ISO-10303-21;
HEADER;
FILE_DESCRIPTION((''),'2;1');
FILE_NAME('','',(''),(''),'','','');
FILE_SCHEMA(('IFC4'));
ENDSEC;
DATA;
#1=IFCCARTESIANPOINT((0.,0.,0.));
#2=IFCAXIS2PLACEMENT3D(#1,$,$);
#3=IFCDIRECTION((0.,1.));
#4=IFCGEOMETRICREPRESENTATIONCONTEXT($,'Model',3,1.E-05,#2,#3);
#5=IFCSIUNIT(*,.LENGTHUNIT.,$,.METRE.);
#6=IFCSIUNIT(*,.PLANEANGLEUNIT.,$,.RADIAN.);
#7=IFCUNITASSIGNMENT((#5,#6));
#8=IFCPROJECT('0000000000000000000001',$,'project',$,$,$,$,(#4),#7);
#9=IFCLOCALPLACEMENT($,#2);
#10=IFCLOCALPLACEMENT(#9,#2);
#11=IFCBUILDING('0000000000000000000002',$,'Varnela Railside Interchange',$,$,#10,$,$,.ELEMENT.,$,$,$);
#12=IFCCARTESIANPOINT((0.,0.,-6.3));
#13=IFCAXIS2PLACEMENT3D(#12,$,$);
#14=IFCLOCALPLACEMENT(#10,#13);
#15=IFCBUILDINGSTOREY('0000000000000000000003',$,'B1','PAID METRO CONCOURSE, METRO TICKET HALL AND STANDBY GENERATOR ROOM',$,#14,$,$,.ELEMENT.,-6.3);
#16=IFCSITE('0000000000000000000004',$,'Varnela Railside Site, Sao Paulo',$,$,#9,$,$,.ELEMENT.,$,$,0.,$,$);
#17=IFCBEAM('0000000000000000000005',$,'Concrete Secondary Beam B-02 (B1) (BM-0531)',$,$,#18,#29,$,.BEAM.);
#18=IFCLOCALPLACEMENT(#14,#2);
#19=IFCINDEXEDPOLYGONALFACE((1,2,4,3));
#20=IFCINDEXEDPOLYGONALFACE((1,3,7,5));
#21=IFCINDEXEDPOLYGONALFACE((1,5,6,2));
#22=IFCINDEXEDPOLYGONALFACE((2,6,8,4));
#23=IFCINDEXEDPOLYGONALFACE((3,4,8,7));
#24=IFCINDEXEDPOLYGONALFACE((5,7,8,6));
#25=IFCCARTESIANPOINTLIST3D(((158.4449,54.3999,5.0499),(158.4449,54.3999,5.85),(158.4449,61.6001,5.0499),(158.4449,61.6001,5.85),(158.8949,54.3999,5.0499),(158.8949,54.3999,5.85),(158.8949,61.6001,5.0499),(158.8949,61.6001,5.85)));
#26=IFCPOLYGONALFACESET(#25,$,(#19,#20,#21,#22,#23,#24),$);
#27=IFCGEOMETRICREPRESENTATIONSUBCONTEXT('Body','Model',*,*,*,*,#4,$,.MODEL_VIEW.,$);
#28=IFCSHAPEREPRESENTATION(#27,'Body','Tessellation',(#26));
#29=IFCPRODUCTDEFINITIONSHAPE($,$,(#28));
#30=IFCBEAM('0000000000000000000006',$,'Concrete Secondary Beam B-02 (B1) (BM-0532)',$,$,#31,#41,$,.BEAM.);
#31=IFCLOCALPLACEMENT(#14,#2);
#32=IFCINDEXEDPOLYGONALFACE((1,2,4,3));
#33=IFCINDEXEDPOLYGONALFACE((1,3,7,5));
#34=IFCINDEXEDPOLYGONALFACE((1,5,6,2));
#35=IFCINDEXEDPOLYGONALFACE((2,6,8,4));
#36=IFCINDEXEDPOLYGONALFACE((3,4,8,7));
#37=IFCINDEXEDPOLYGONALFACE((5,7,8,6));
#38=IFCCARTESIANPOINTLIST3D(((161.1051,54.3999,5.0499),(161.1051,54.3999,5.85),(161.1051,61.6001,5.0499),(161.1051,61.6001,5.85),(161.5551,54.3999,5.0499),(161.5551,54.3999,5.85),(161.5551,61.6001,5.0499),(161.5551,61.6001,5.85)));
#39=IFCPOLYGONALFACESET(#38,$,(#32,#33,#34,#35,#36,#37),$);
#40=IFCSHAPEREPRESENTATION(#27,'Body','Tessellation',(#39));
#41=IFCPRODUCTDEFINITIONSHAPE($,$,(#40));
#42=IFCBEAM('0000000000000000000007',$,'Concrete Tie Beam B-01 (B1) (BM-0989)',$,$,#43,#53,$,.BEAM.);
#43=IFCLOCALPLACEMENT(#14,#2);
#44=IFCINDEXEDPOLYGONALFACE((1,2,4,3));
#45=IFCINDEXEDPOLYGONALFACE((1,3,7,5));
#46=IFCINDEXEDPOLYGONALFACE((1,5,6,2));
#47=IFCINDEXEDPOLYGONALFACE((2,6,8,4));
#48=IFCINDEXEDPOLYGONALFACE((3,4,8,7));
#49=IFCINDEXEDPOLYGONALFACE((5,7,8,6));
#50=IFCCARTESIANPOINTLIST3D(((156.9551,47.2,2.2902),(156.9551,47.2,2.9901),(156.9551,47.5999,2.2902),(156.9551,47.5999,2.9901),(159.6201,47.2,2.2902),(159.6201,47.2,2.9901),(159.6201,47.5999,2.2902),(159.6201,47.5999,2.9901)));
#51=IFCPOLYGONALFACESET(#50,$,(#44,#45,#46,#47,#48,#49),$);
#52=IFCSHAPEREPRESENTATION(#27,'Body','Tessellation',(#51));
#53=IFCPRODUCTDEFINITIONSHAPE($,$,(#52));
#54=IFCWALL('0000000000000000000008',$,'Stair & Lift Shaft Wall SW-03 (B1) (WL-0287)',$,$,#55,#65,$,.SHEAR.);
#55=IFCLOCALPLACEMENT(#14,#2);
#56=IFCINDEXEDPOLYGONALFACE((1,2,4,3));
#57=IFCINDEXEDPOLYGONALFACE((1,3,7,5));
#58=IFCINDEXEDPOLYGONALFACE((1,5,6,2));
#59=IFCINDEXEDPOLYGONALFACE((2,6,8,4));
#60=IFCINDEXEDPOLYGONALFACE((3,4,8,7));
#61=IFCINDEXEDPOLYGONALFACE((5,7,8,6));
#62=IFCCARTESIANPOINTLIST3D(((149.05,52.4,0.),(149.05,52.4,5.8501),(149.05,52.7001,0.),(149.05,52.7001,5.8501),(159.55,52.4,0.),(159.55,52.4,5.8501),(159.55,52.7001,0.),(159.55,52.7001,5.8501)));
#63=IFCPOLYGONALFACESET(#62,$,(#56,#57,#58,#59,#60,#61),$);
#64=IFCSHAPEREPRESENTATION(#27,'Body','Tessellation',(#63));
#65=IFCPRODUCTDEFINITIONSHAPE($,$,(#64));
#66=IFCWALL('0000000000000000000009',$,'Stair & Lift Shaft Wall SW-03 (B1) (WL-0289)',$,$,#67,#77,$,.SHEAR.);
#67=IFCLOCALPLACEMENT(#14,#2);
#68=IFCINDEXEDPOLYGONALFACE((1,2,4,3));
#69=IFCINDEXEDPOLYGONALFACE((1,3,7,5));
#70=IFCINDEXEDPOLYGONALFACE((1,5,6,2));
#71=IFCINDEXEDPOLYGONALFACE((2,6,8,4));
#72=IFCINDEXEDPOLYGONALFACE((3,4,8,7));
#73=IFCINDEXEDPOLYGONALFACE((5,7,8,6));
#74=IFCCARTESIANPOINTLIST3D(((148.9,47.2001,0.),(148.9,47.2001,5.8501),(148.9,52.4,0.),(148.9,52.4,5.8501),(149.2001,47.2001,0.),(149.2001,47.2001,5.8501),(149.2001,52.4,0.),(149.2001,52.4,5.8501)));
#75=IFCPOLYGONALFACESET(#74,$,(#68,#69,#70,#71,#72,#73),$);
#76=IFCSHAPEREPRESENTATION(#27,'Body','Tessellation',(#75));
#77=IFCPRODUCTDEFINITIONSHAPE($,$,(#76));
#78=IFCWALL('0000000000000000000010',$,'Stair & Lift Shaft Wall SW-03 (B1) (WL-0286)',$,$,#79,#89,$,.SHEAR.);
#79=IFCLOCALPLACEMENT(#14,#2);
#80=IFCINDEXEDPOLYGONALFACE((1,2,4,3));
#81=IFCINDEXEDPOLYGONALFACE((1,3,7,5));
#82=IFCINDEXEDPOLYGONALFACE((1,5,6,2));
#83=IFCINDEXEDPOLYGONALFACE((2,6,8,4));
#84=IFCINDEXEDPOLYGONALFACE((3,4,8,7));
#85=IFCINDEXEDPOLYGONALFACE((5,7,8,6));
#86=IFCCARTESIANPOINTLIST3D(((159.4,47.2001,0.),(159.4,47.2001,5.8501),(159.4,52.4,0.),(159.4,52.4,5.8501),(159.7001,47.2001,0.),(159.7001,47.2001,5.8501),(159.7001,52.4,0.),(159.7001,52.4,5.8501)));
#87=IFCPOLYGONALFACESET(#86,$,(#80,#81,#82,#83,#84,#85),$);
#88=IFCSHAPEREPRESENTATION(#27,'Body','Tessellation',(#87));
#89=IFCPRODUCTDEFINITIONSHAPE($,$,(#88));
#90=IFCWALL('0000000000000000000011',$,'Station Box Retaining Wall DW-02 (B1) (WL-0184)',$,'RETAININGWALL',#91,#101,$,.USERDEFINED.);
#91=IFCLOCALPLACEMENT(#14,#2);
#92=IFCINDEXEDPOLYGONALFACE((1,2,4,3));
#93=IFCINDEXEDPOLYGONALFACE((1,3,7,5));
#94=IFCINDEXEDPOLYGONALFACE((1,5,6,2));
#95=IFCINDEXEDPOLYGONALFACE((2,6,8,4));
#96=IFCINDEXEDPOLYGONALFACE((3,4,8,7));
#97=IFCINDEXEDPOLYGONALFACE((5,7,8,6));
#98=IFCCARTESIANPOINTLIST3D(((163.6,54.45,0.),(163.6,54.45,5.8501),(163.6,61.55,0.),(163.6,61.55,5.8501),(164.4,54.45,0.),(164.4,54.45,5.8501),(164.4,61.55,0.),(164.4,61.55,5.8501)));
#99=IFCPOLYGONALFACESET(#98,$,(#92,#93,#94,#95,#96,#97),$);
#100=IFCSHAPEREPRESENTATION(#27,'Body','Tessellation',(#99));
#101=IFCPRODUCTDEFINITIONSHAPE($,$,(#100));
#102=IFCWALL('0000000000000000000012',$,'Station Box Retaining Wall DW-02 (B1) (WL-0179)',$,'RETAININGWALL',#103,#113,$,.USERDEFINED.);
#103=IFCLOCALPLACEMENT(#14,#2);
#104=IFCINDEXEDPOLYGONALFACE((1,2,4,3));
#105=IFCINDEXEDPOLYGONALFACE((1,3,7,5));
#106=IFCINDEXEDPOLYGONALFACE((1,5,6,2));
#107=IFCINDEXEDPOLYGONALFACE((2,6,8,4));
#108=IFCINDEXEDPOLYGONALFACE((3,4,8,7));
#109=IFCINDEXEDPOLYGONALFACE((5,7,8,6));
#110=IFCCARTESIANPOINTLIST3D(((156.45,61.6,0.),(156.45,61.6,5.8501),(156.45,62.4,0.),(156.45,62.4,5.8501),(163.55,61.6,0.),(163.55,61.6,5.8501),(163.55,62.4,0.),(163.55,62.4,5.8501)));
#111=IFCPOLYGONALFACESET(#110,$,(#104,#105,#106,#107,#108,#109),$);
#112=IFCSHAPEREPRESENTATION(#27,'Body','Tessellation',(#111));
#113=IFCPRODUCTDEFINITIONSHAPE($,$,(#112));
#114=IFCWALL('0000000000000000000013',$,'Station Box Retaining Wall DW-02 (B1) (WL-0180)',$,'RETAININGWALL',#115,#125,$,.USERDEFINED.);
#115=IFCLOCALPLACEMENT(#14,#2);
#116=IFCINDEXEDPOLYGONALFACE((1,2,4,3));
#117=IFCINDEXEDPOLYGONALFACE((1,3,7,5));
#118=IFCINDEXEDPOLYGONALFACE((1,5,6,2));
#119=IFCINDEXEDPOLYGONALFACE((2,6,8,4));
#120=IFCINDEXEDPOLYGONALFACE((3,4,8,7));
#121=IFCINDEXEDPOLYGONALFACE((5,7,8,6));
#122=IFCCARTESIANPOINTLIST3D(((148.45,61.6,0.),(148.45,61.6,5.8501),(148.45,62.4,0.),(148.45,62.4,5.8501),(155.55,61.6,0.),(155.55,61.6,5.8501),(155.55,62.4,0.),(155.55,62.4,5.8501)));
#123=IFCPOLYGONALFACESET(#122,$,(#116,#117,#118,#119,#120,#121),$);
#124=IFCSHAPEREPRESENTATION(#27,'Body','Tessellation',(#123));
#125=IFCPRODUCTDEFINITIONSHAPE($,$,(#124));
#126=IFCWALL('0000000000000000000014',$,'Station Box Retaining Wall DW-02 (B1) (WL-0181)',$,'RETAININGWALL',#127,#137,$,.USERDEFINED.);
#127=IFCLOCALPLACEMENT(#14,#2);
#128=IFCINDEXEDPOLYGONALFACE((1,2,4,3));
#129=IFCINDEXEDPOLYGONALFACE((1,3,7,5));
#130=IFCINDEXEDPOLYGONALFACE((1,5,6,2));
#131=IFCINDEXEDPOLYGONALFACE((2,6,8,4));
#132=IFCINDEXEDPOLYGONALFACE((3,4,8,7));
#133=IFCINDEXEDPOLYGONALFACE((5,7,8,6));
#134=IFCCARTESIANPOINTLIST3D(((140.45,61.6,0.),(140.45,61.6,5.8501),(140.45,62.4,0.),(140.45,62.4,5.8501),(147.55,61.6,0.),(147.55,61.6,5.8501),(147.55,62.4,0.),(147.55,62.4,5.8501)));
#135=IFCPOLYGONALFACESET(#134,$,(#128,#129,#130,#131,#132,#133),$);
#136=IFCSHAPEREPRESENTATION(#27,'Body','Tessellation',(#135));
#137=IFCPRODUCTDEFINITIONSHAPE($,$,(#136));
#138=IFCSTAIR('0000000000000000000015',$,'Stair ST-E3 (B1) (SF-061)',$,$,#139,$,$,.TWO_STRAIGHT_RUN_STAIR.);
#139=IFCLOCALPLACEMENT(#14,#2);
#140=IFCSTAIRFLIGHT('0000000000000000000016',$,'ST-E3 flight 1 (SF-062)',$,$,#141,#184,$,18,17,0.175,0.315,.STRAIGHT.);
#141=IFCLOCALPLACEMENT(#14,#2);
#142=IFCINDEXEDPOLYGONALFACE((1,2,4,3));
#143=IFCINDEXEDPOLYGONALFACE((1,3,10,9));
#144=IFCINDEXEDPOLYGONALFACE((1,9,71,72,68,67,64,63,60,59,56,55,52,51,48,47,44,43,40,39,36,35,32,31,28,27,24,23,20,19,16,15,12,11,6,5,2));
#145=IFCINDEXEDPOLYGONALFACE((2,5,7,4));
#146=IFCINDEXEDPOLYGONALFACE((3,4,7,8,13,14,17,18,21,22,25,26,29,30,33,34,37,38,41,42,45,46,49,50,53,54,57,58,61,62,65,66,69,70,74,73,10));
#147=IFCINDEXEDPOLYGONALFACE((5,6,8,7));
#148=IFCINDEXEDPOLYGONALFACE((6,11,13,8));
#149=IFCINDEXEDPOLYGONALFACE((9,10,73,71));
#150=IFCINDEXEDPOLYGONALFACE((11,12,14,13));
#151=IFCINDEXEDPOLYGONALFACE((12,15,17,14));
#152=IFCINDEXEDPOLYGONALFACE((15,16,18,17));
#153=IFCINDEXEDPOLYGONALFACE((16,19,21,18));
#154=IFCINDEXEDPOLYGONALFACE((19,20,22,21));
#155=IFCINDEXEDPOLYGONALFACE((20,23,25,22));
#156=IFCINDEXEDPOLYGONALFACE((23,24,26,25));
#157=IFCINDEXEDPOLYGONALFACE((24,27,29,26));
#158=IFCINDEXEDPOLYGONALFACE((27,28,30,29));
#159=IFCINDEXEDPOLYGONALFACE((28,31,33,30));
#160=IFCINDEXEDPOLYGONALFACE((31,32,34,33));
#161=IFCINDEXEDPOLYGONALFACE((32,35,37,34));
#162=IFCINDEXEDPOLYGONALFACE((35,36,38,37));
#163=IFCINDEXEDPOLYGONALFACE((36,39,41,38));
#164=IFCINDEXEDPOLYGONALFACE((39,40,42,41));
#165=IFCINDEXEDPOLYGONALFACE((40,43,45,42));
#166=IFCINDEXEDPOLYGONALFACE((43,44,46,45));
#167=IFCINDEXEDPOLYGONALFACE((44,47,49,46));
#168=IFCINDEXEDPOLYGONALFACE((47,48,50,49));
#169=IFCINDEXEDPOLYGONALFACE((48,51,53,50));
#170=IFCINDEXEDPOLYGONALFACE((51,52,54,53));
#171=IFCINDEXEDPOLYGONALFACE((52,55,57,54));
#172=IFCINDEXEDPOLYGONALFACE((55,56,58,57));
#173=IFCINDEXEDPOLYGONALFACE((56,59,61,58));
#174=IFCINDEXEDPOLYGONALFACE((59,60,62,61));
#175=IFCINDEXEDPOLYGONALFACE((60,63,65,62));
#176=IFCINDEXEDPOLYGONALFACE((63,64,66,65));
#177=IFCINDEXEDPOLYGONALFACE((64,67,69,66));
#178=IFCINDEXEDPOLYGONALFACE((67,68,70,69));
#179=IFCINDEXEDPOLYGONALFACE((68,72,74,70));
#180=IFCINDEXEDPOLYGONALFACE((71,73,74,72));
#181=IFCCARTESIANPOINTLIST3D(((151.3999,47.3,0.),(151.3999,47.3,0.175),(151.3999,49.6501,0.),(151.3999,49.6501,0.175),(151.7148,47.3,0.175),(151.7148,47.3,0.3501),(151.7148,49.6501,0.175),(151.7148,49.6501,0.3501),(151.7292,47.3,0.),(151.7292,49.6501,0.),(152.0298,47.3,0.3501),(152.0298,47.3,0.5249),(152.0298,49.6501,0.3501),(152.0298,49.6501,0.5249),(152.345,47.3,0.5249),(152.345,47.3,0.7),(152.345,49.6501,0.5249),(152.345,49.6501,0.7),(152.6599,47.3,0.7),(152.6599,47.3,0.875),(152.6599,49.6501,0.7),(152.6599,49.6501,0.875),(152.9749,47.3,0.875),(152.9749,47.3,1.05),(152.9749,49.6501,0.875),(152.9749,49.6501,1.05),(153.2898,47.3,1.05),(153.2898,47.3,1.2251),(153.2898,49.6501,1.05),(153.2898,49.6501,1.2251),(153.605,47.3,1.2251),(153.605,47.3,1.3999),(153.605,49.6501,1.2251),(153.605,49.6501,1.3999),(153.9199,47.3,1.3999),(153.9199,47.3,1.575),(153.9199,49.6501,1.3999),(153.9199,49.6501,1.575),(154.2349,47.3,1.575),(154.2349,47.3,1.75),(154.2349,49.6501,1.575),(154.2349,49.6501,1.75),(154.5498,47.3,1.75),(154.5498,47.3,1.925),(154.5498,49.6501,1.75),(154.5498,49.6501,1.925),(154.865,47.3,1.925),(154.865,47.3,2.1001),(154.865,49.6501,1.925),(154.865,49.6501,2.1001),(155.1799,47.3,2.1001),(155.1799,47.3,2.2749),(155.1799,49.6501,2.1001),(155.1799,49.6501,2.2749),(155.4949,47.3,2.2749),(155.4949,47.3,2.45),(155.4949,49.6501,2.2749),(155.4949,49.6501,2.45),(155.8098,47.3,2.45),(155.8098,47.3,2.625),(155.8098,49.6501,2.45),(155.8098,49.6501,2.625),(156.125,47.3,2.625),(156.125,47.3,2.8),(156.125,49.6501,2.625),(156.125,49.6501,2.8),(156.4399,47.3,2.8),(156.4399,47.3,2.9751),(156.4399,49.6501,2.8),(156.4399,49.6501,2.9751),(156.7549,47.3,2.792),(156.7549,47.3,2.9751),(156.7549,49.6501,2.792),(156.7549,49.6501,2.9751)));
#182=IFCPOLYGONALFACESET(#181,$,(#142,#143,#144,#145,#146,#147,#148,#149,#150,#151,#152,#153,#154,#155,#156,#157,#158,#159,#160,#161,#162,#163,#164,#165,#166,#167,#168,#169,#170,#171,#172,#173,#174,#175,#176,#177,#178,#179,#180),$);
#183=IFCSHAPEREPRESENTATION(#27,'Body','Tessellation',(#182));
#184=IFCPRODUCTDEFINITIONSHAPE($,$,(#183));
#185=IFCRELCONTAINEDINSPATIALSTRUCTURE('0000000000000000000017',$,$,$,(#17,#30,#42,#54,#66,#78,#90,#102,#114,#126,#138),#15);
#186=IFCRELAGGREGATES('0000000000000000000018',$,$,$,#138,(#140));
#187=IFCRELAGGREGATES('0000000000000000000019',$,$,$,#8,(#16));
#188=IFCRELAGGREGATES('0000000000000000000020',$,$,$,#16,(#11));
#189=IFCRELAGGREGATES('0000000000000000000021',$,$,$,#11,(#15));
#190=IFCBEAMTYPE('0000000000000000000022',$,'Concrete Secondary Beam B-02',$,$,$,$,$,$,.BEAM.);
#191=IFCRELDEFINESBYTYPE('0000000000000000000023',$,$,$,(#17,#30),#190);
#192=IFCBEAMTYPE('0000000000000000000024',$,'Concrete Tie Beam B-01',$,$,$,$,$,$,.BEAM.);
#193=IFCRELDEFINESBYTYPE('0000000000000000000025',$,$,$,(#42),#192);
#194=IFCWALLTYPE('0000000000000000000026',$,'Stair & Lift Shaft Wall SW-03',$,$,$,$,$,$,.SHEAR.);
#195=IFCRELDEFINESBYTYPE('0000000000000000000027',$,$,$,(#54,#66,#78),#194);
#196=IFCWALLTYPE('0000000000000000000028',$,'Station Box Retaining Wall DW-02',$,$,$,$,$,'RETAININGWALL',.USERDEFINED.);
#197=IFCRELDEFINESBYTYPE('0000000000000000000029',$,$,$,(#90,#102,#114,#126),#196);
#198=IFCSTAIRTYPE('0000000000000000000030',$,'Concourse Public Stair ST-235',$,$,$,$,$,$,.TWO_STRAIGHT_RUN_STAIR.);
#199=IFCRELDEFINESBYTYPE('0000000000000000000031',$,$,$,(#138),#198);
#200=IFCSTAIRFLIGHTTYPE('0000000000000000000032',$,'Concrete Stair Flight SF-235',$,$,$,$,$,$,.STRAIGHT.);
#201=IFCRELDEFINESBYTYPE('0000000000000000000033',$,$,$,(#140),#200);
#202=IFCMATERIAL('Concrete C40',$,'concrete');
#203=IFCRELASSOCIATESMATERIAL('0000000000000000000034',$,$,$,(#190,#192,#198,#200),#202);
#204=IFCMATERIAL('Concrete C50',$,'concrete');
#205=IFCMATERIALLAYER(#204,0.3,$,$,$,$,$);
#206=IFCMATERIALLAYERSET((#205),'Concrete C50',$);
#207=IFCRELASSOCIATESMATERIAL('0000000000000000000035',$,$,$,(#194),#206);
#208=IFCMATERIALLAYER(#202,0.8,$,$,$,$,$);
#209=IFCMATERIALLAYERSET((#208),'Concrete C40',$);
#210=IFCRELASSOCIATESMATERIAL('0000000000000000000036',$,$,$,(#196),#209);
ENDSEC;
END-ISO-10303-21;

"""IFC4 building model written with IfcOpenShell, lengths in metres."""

from ifc_helpers import new_model, si_unit, direction, frame, frame_2d, origin, origin_2d, place, context, subcontext, project, spatial, polyline, rectangle, outline, extrude, material, layer, layer_set, material_profile, profile_set, type_object, element, aggregate, save


model = new_model("IFC4")

# Units and contexts
model_context = context("Model", 3, precision=1e-05, world=origin(), true_north=direction((0.0, 1.0)))
body_context = subcontext(model_context, "Body", "Model", "MODEL_VIEW")
ifc_project = project(units=[si_unit("LENGTHUNIT", "METRE"), si_unit("PLANEANGLEUNIT", "RADIAN")], contexts=[model_context])

# Site, building, storey
site_placement = place(None, origin())
site = spatial("IfcSite", under=ifc_project, at=site_placement, Name="Varnela Railside Site, Sao Paulo", CompositionType="ELEMENT", RefElevation=0.0)
building_placement = place(site_placement, origin())
building = spatial("IfcBuilding", under=site, at=building_placement, Name="Varnela Railside Interchange", CompositionType="ELEMENT")
storey_placement = place(building_placement, frame((0.0, 0.0, -6.3)))
storey = spatial("IfcBuildingStorey", under=building, at=storey_placement, Name="B1", Description="PAID METRO CONCOURSE, METRO TICKET HALL AND STANDBY GENERATOR ROOM", CompositionType="ELEMENT", Elevation=-6.3)

# Shared definitions
ifc_material_1 = material(Name="Concrete C50", Category="concrete")

# Beams
ifc_material_2 = material(Name="Concrete C40", Category="concrete")
ifc_material_profile_1 = material_profile(ifc_material_2, rectangle(XDim=0.45, YDim=0.8, at=origin_2d()), Name="RC 450x800")
ifc_profile_set_1 = profile_set([ifc_material_profile_1], Name="Concrete C40")
beam_type_1 = type_object("IfcBeamType", Name="Concrete Secondary Beam B-02", PredefinedType="BEAM", material=ifc_profile_set_1)
for number, where, z_axis, x_axis, name in (
    (1, (158.6699, 54.3999, 5.45), (0.0, 1.0, 0.0), (-1.0, 0.0, 0.0), "Concrete Secondary Beam B-02 (B1) (BM-0531)"),
    (2, (161.3301, 54.3999, 5.45), (0.0, 1.0, 0.0), (-1.0, 0.0, 0.0), "Concrete Secondary Beam B-02 (B1) (BM-0532)"),
):
    element("IfcBeam", number, at=place(storey_placement, frame(where, z_axis=z_axis, x_axis=x_axis)), inside=storey, type_object=beam_type_1, Name=name, PredefinedType="BEAM", context=body_context, shape_type="SweptSolid", body=[
        extrude(rectangle(XDim=0.45, YDim=0.8, at=origin_2d()), origin(), (0.0, 0.0, 1.0), 7.2002),
    ])
ifc_material_profile_2 = material_profile(ifc_material_2, rectangle(XDim=0.3999, YDim=0.7, at=origin_2d()), Name="RC 400x700")
ifc_profile_set_2 = profile_set([ifc_material_profile_2], Name="Concrete C40")
beam_type_2 = type_object("IfcBeamType", Name="Concrete Tie Beam B-01", PredefinedType="BEAM", material=ifc_profile_set_2)
beam_placement = place(storey_placement, frame((156.9551, 47.3999, 2.6401), z_axis=(1.0, 0.0, 0.0), x_axis=(0.0, 1.0, 0.0)))
element("IfcBeam", 3, at=beam_placement, inside=storey, type_object=beam_type_2, Name="Concrete Tie Beam B-01 (B1) (BM-0989)", PredefinedType="BEAM", context=body_context, shape_type="SweptSolid", body=[
    extrude(rectangle(XDim=0.3999, YDim=0.7, at=origin_2d()), origin(), (0.0, 0.0, 1.0), 2.665),
])

# Walls
ifc_layer_1 = layer(ifc_material_1, 0.3)
ifc_layer_set_1 = layer_set([ifc_layer_1], Name="Concrete C50")
wall_type_1 = type_object("IfcWallType", Name="Stair & Lift Shaft Wall SW-03", PredefinedType="SHEAR", material=ifc_layer_set_1)
wall_placement = place(storey_placement, frame((149.05, 52.55, 0.0), z_axis=(0.0, 0.0, 1.0), x_axis=(1.0, 0.0, 0.0)))
element("IfcWall", 4, at=wall_placement, inside=storey, type_object=wall_type_1, Name="Stair & Lift Shaft Wall SW-03 (B1) (WL-0287)", PredefinedType="SHEAR", context=body_context, shape_type="SweptSolid", body=[
    extrude(rectangle(XDim=10.5, YDim=0.3, at=frame_2d((5.25, 0.0))), origin(), (0.0, 0.0, 1.0), 5.8501),
])
for number, where, z_axis, x_axis, name in (
    (5, (149.05, 47.2, 0.0), (0.0, 0.0, 1.0), (0.0, 1.0, 0.0), "Stair & Lift Shaft Wall SW-03 (B1) (WL-0289)"),
    (6, (159.55, 47.2, 0.0), (0.0, 0.0, 1.0), (0.0, 1.0, 0.0), "Stair & Lift Shaft Wall SW-03 (B1) (WL-0286)"),
):
    element("IfcWall", number, at=place(storey_placement, frame(where, z_axis=z_axis, x_axis=x_axis)), inside=storey, type_object=wall_type_1, Name=name, PredefinedType="SHEAR", context=body_context, shape_type="SweptSolid", body=[
        extrude(rectangle(XDim=5.2, YDim=0.3, at=frame_2d((2.6001, 0.0))), origin(), (0.0, 0.0, 1.0), 5.8501),
    ])
ifc_layer_2 = layer(ifc_material_2, 0.8)
ifc_layer_set_2 = layer_set([ifc_layer_2], Name="Concrete C40")
wall_type_2 = type_object("IfcWallType", Name="Station Box Retaining Wall DW-02", ElementType="RETAININGWALL", PredefinedType="USERDEFINED", material=ifc_layer_set_2)
for number, where, z_axis, x_axis, name in (
    (7, (164.0, 54.45, 0.0), (0.0, 0.0, 1.0), (0.0, 1.0, 0.0), "Station Box Retaining Wall DW-02 (B1) (WL-0184)"),
    (8, (163.55, 62.0, 0.0), (0.0, 0.0, 1.0), (-1.0, 0.0, 0.0), "Station Box Retaining Wall DW-02 (B1) (WL-0179)"),
    (9, (155.55, 62.0, 0.0), (0.0, 0.0, 1.0), (-1.0, 0.0, 0.0), "Station Box Retaining Wall DW-02 (B1) (WL-0180)"),
    (10, (147.55, 62.0, 0.0), (0.0, 0.0, 1.0), (-1.0, 0.0, 0.0), "Station Box Retaining Wall DW-02 (B1) (WL-0181)"),
):
    element("IfcWall", number, at=place(storey_placement, frame(where, z_axis=z_axis, x_axis=x_axis)), inside=storey, type_object=wall_type_2, Name=name, ObjectType="RETAININGWALL", PredefinedType="USERDEFINED", context=body_context, shape_type="SweptSolid", body=[
        extrude(rectangle(XDim=7.1001, YDim=0.8, at=frame_2d((3.55, 0.0))), origin(), (0.0, 0.0, 1.0), 5.8501),
    ])

# Stair, stair flight
stair_type = type_object("IfcStairType", Name="Concourse Public Stair ST-235", PredefinedType="TWO_STRAIGHT_RUN_STAIR", material=ifc_material_2)
stair_placement = place(storey_placement, origin())
stair = element("IfcStair", 11, at=stair_placement, inside=storey, type_object=stair_type, Name="Stair ST-E3 (B1) (SF-061)", PredefinedType="TWO_STRAIGHT_RUN_STAIR")
stair_flight_type = type_object("IfcStairFlightType", Name="Concrete Stair Flight SF-235", PredefinedType="STRAIGHT", material=ifc_material_2)
stair_flight_1_placement = place(storey_placement, frame((151.3999, 48.4751, 0.0), z_axis=(0.0, 0.0, 1.0), x_axis=(1.0, 0.0, 0.0)))
stair_flight_1 = element("IfcStairFlight", 12, at=stair_flight_1_placement, type_object=stair_flight_type, Name="ST-E3 flight 1 (SF-062)", NumberOfRisers=18, NumberOfTreads=17, PredefinedType="STRAIGHT", RiserHeight=0.175, TreadLength=0.315, context=body_context, shape_type="SweptSolid", body=[
    extrude(outline(polyline([(0.0, 0.0), (0.0, 0.175), (0.3149, 0.175), (0.3149, 0.3501), (0.6299, 0.3501), (0.6299, 0.5249), (0.9451, 0.5249), (0.9451, 0.7), (1.26, 0.7), (1.26, 0.875), (1.575, 0.875), (1.575, 1.05), (1.8899, 1.05), (1.8899, 1.2251), (2.2051, 1.2251), (2.2051, 1.3999), (2.52, 1.3999), (2.52, 1.575), (2.835, 1.575), (2.835, 1.75), (3.1499, 1.75), (3.1499, 1.925), (3.4651, 1.925), (3.4651, 2.1001), (3.78, 2.1001), (3.78, 2.2749), (4.095, 2.2749), (4.095, 2.45), (4.4099, 2.45), (4.4099, 2.625), (4.7251, 2.625), (4.7251, 2.8), (5.04, 2.8), (5.04, 2.9751), (5.355, 2.9751), (5.355, 3.1499), (5.355, 2.792), (0.3293, 0.0), (0.0, 0.0)])), frame((0.0, 1.175, 0.0), z_axis=(0.0, -1.0, 0.0), x_axis=(1.0, 0.0, 0.0)), (0.0, 0.0, 1.0), 2.3501),
])
aggregate(stair, [stair_flight_1])

save(model, "model.ifc")
